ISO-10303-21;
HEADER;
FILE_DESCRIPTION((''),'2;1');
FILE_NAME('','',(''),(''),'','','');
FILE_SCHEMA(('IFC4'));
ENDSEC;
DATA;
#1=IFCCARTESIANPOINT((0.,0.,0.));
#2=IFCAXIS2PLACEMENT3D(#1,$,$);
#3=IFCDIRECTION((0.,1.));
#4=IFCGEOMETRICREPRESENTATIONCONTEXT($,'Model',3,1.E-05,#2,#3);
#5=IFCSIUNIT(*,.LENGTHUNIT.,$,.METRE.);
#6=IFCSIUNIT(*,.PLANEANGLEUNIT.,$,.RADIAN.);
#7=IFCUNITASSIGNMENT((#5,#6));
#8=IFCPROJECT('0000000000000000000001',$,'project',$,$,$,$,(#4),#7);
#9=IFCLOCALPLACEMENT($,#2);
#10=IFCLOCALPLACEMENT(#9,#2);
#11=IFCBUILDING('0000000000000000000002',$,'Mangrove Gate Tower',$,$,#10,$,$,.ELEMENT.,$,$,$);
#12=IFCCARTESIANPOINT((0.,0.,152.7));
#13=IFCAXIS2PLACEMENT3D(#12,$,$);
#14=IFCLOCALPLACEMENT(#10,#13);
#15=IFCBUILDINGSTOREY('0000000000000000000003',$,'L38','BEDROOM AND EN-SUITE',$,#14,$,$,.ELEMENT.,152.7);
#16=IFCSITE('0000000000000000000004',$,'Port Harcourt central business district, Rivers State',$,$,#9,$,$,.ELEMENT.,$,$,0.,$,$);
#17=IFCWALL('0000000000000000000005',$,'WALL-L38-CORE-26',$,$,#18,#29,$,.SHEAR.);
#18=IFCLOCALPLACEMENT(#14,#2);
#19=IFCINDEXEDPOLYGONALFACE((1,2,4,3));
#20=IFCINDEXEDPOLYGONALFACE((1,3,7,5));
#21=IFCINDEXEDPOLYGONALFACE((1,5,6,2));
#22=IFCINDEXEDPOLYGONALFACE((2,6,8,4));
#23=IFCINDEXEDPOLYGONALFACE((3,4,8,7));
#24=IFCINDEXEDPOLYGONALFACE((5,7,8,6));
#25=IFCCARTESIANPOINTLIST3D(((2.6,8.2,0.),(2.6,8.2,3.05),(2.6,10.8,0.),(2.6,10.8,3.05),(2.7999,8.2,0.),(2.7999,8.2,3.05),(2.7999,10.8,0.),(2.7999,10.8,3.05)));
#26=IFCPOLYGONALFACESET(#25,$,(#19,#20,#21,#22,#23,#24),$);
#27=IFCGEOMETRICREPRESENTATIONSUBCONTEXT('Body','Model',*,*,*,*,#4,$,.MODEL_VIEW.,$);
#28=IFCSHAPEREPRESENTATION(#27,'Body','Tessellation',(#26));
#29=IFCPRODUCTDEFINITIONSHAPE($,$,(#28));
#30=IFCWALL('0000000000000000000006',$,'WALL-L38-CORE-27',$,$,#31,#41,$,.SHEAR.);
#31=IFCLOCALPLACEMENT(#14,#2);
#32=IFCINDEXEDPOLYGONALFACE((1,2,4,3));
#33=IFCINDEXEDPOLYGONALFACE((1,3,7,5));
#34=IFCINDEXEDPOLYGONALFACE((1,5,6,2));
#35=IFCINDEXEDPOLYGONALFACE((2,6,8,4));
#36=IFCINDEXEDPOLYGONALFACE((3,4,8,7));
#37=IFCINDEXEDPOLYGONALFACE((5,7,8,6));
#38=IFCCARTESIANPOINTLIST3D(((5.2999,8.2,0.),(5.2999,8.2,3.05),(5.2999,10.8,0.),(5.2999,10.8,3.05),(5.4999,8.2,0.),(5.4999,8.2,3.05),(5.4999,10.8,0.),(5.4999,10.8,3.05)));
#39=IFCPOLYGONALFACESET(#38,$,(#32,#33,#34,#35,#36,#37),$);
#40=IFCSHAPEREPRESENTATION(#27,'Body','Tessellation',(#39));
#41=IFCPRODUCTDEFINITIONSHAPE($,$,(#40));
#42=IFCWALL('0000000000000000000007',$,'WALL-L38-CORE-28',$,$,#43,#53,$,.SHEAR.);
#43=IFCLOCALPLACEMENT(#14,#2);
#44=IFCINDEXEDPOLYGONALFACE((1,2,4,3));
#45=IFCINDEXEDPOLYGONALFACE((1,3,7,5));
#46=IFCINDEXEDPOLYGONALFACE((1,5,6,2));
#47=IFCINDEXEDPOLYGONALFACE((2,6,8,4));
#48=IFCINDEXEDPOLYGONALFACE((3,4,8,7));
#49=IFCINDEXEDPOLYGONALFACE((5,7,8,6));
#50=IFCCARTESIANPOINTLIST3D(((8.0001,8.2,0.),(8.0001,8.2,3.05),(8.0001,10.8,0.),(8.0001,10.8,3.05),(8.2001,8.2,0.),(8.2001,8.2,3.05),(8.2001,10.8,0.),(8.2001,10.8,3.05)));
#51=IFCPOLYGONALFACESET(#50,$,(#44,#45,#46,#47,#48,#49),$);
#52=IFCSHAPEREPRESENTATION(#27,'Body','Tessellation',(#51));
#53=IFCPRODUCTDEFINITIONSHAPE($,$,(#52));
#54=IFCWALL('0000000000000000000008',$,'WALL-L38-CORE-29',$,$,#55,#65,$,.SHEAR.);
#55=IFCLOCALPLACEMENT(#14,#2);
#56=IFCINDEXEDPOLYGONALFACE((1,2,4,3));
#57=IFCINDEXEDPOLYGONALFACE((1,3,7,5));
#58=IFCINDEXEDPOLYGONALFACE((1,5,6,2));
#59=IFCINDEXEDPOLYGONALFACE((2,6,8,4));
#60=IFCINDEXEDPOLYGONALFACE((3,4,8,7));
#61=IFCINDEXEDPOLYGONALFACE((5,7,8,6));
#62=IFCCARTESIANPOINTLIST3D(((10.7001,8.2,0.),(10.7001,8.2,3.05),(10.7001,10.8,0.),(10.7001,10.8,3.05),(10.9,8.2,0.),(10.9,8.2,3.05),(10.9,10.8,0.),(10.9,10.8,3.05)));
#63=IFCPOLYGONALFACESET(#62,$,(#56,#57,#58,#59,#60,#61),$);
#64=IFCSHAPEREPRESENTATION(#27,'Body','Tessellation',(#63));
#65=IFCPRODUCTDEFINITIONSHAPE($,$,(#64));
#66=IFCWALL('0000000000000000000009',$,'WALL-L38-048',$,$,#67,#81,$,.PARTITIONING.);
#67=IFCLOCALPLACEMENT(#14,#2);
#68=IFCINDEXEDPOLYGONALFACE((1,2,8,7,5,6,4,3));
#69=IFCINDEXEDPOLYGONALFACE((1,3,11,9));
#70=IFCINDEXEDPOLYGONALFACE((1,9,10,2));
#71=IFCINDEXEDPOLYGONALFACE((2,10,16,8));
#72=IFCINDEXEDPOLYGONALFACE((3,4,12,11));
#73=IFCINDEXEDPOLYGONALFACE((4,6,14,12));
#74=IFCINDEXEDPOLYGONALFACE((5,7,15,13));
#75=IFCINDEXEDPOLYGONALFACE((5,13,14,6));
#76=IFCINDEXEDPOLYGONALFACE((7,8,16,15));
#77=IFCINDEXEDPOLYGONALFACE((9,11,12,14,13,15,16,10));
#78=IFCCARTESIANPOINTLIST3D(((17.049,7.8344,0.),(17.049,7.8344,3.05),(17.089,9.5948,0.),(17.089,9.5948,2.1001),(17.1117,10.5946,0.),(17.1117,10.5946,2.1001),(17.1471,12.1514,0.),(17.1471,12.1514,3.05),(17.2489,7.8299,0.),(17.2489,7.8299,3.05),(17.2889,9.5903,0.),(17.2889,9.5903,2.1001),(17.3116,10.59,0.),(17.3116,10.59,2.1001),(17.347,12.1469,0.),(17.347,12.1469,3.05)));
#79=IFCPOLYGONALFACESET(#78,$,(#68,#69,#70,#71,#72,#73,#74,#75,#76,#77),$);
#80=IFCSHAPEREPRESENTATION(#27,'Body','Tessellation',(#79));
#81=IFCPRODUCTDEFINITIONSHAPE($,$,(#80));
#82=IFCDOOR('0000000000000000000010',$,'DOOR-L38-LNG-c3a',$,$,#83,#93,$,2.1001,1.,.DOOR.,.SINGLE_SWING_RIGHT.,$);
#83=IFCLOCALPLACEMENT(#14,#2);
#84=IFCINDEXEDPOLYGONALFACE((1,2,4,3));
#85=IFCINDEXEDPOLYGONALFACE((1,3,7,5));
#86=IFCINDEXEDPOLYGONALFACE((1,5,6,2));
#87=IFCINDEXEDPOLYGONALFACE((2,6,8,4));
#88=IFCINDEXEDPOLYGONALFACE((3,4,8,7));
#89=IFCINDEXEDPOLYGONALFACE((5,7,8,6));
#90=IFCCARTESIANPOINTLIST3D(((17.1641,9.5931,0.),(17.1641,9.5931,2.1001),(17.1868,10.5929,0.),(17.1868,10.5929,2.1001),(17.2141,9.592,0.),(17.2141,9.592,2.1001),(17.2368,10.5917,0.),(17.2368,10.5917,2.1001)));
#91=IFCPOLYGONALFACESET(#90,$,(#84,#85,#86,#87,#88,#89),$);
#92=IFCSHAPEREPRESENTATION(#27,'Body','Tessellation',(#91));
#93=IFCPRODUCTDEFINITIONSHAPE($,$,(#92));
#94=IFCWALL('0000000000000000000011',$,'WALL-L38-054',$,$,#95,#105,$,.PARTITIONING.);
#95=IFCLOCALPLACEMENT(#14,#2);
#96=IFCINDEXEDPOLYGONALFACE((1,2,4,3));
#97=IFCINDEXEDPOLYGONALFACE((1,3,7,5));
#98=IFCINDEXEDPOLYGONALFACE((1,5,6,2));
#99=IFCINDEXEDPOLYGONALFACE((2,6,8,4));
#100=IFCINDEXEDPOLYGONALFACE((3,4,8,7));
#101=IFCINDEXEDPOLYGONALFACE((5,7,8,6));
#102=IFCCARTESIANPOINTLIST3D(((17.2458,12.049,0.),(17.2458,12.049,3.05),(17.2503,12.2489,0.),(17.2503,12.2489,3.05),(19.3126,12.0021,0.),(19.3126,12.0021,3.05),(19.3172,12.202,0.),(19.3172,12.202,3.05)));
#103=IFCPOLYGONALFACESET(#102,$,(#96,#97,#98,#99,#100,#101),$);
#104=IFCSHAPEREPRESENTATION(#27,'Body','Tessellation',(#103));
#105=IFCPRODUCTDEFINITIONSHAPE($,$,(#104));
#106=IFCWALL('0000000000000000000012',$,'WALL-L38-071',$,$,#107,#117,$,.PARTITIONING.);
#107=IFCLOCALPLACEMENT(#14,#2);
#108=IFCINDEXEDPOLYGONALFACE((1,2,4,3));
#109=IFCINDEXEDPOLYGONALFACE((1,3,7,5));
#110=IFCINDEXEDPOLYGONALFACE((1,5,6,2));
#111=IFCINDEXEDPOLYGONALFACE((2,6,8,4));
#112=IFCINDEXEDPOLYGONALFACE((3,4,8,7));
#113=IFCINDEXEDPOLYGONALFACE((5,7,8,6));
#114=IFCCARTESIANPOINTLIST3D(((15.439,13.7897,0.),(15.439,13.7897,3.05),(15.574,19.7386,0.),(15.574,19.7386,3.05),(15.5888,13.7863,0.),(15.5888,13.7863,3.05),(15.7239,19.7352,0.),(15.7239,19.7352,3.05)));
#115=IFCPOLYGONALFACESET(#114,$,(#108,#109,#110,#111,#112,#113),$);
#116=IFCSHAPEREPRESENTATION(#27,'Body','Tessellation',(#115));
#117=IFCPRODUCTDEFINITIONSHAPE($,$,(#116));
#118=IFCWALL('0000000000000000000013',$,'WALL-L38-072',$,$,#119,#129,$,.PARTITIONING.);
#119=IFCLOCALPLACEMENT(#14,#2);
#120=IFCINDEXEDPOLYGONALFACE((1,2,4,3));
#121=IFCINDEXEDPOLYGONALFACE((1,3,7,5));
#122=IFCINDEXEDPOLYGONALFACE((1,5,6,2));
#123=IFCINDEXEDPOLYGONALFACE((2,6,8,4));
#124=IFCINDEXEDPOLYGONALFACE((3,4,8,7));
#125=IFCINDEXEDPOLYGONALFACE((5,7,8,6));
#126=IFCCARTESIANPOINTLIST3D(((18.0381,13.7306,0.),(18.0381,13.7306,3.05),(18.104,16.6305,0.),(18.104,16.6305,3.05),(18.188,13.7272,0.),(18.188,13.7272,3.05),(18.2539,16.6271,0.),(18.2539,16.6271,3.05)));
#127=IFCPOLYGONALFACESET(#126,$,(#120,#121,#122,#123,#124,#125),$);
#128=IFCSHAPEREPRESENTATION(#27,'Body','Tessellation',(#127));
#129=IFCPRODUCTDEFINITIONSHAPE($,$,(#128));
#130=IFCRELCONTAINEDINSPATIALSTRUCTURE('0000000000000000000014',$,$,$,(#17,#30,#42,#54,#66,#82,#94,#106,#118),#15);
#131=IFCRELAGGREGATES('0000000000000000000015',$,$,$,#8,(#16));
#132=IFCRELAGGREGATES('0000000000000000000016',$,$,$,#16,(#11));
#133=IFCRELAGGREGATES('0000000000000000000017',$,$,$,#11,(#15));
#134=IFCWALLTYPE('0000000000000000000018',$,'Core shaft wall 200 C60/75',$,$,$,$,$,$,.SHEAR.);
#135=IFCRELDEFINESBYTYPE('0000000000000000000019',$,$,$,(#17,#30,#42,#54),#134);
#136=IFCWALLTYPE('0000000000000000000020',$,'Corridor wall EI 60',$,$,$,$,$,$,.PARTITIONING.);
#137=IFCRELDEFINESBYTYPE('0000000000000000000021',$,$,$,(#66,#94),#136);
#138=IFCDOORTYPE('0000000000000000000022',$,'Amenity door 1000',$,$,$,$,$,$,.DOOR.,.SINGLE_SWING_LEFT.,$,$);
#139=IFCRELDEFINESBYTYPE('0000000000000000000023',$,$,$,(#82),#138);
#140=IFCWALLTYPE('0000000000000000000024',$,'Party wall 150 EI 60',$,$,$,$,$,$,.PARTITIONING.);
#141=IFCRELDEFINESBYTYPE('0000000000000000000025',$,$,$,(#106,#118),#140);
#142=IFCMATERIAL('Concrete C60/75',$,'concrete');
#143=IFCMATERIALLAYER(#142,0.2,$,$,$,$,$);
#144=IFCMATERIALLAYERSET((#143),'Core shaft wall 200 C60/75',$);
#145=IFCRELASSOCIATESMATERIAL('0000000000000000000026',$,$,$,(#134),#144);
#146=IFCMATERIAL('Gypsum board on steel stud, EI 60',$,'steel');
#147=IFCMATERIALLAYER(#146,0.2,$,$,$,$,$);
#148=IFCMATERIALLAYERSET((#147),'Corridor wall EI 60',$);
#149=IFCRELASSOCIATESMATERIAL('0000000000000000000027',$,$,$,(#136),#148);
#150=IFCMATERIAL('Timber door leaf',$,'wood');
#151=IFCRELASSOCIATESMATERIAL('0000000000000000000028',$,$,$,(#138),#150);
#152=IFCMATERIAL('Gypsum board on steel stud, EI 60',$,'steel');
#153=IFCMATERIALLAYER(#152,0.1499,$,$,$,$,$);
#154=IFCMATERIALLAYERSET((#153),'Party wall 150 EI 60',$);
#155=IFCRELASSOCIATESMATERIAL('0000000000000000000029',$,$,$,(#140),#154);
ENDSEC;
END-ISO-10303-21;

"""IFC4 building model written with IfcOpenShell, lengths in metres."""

from ifc_helpers import new_model, si_unit, direction, frame, frame_2d, origin, place, context, subcontext, project, spatial, rectangle, extrude, material, layer, layer_set, type_object, element, fill, save


model = new_model("IFC4")

# Units and contexts
model_context = context("Model", 3, precision=1e-05, world=origin(), true_north=direction((0.0, 1.0)))
body_context = subcontext(model_context, "Body", "Model", "MODEL_VIEW")
ifc_project = project(units=[si_unit("LENGTHUNIT", "METRE"), si_unit("PLANEANGLEUNIT", "RADIAN")], contexts=[model_context])

# Site, building, storey
site_placement = place(None, origin())
site = spatial("IfcSite", under=ifc_project, at=site_placement, Name="Port Harcourt central business district, Rivers State", CompositionType="ELEMENT", RefElevation=0.0)
building_placement = place(site_placement, origin())
building = spatial("IfcBuilding", under=site, at=building_placement, Name="Mangrove Gate Tower", CompositionType="ELEMENT")
storey_placement = place(building_placement, frame((0.0, 0.0, 152.7)))
storey = spatial("IfcBuildingStorey", under=building, at=storey_placement, Name="L38", Description="BEDROOM AND EN-SUITE", CompositionType="ELEMENT", Elevation=152.7)

# Walls
ifc_material_1 = material(Name="Concrete C60/75", Category="concrete")
ifc_layer_1 = layer(ifc_material_1, 0.2)
ifc_layer_set_1 = layer_set([ifc_layer_1], Name="Core shaft wall 200 C60/75")
wall_type_1 = type_object("IfcWallType", Name="Core shaft wall 200 C60/75", PredefinedType="SHEAR", material=ifc_layer_set_1)
for number, where, z_axis, x_axis, name in (
    (1, (2.7, 8.2, 0.0), (0.0, 0.0, 1.0), (0.0, 1.0, 0.0), "WALL-L38-CORE-26"),
    (2, (5.3999, 8.2, 0.0), (0.0, 0.0, 1.0), (0.0, 1.0, 0.0), "WALL-L38-CORE-27"),
    (3, (8.1001, 8.2, 0.0), (0.0, 0.0, 1.0), (0.0, 1.0, 0.0), "WALL-L38-CORE-28"),
    (4, (10.8, 8.2, 0.0), (0.0, 0.0, 1.0), (0.0, 1.0, 0.0), "WALL-L38-CORE-29"),
):
    element("IfcWall", number, at=place(storey_placement, frame(where, z_axis=z_axis, x_axis=x_axis)), inside=storey, type_object=wall_type_1, Name=name, PredefinedType="SHEAR", context=body_context, shape_type="SweptSolid", body=[
        extrude(rectangle(XDim=2.6001, YDim=0.2, at=frame_2d((1.3, 0.0))), origin(), (0.0, 0.0, 1.0), 3.05),
    ])

# Wall, opening, door
ifc_material_2 = material(Name="Gypsum board on steel stud, EI 60", Category="steel")
ifc_layer_2 = layer(ifc_material_2, 0.2)
ifc_layer_set_2 = layer_set([ifc_layer_2], Name="Corridor wall EI 60")
wall_type_2 = type_object("IfcWallType", Name="Corridor wall EI 60", PredefinedType="PARTITIONING", material=ifc_layer_set_2)
wall_1_placement = place(storey_placement, frame((17.1489, 7.832, 0.0), z_axis=(0.0, 0.0, 1.0), x_axis=(0.022729, 0.999742, 0.0)))
wall_1 = element("IfcWall", 5, at=wall_1_placement, inside=storey, type_object=wall_type_2, Name="WALL-L38-048", PredefinedType="PARTITIONING", context=body_context, shape_type="SweptSolid", body=[
    extrude(rectangle(XDim=4.3181, YDim=0.2, at=frame_2d((2.1592, 0.0))), origin(), (0.0, 0.0, 1.0), 3.05),
])
opening_1_placement = place(wall_1_placement, frame((1.761, 0.0, 0.0)))
opening_1 = element("IfcOpeningElement", 6, at=opening_1_placement, cuts=wall_1, PredefinedType="OPENING", context=body_context, shape_type="SweptSolid", body=[
    extrude(rectangle(XDim=1.0, YDim=2.1001, at=frame_2d((0.5, 1.05))), frame((0.0, 0.1099, 0.0), z_axis=(0.0, -1.0, 0.0), x_axis=(1.0, 0.0, 0.0)), (0.0, 0.0, 1.0), 0.22),
])
ifc_material_3 = material(Name="Timber door leaf", Category="wood")
door_type_1 = type_object("IfcDoorType", Name="Amenity door 1000", OperationType="SINGLE_SWING_LEFT", PredefinedType="DOOR", material=ifc_material_3)
door_1_placement = place(opening_1_placement, origin())
door_1 = element("IfcDoor", 7, at=door_1_placement, inside=storey, type_object=door_type_1, Name="DOOR-L38-LNG-c3a", OperationType="SINGLE_SWING_RIGHT", OverallHeight=2.1001, OverallWidth=1.0, PredefinedType="DOOR", context=body_context, shape_type="SweptSolid", body=[
    extrude(rectangle(XDim=1.0, YDim=2.1001, at=frame_2d((0.5, 1.05))), frame((0.0, 0.0249, 0.0), z_axis=(0.0, -1.0, 0.0), x_axis=(1.0, 0.0, 0.0)), (0.0, 0.0, 1.0), 0.05),
])
fill(opening_1, door_1)

# Walls
wall_2_placement = place(storey_placement, frame((17.248, 12.1489, 0.0), z_axis=(0.0, 0.0, 1.0), x_axis=(0.999743, -0.022673, 0.0)))
element("IfcWall", 8, at=wall_2_placement, inside=storey, type_object=wall_type_2, Name="WALL-L38-054", PredefinedType="PARTITIONING", context=body_context, shape_type="SweptSolid", body=[
    extrude(rectangle(XDim=2.0674, YDim=0.2, at=frame_2d((1.0337, 0.0))), origin(), (0.0, 0.0, 1.0), 3.05),
])
ifc_material_4 = material(Name="Gypsum board on steel stud, EI 60", Category="steel")
ifc_layer_3 = layer(ifc_material_4, 0.1499)
ifc_layer_set_3 = layer_set([ifc_layer_3], Name="Party wall 150 EI 60")
wall_type_3 = type_object("IfcWallType", Name="Party wall 150 EI 60", PredefinedType="PARTITIONING", material=ifc_layer_set_3)
wall_3_placement = place(storey_placement, frame((15.5139, 13.7881, 0.0), z_axis=(0.0, 0.0, 1.0), x_axis=(0.022689, 0.999743, 0.0)))
element("IfcWall", 9, at=wall_3_placement, inside=storey, type_object=wall_type_3, Name="WALL-L38-071", PredefinedType="PARTITIONING", context=body_context, shape_type="SweptSolid", body=[
    extrude(rectangle(XDim=5.9504, YDim=0.1499, at=frame_2d((2.9751, 0.0))), origin(), (0.0, 0.0, 1.0), 3.05),
])
wall_4_placement = place(storey_placement, frame((18.113, 13.729, 0.0), z_axis=(0.0, 0.0, 1.0), x_axis=(0.022725, 0.999742, 0.0)))
element("IfcWall", 10, at=wall_4_placement, inside=storey, type_object=wall_type_3, Name="WALL-L38-072", PredefinedType="PARTITIONING", context=body_context, shape_type="SweptSolid", body=[
    extrude(rectangle(XDim=2.9006, YDim=0.1499, at=frame_2d((1.4502, 0.0))), origin(), (0.0, 0.0, 1.0), 3.05),
])

save(model, "model.ifc")
